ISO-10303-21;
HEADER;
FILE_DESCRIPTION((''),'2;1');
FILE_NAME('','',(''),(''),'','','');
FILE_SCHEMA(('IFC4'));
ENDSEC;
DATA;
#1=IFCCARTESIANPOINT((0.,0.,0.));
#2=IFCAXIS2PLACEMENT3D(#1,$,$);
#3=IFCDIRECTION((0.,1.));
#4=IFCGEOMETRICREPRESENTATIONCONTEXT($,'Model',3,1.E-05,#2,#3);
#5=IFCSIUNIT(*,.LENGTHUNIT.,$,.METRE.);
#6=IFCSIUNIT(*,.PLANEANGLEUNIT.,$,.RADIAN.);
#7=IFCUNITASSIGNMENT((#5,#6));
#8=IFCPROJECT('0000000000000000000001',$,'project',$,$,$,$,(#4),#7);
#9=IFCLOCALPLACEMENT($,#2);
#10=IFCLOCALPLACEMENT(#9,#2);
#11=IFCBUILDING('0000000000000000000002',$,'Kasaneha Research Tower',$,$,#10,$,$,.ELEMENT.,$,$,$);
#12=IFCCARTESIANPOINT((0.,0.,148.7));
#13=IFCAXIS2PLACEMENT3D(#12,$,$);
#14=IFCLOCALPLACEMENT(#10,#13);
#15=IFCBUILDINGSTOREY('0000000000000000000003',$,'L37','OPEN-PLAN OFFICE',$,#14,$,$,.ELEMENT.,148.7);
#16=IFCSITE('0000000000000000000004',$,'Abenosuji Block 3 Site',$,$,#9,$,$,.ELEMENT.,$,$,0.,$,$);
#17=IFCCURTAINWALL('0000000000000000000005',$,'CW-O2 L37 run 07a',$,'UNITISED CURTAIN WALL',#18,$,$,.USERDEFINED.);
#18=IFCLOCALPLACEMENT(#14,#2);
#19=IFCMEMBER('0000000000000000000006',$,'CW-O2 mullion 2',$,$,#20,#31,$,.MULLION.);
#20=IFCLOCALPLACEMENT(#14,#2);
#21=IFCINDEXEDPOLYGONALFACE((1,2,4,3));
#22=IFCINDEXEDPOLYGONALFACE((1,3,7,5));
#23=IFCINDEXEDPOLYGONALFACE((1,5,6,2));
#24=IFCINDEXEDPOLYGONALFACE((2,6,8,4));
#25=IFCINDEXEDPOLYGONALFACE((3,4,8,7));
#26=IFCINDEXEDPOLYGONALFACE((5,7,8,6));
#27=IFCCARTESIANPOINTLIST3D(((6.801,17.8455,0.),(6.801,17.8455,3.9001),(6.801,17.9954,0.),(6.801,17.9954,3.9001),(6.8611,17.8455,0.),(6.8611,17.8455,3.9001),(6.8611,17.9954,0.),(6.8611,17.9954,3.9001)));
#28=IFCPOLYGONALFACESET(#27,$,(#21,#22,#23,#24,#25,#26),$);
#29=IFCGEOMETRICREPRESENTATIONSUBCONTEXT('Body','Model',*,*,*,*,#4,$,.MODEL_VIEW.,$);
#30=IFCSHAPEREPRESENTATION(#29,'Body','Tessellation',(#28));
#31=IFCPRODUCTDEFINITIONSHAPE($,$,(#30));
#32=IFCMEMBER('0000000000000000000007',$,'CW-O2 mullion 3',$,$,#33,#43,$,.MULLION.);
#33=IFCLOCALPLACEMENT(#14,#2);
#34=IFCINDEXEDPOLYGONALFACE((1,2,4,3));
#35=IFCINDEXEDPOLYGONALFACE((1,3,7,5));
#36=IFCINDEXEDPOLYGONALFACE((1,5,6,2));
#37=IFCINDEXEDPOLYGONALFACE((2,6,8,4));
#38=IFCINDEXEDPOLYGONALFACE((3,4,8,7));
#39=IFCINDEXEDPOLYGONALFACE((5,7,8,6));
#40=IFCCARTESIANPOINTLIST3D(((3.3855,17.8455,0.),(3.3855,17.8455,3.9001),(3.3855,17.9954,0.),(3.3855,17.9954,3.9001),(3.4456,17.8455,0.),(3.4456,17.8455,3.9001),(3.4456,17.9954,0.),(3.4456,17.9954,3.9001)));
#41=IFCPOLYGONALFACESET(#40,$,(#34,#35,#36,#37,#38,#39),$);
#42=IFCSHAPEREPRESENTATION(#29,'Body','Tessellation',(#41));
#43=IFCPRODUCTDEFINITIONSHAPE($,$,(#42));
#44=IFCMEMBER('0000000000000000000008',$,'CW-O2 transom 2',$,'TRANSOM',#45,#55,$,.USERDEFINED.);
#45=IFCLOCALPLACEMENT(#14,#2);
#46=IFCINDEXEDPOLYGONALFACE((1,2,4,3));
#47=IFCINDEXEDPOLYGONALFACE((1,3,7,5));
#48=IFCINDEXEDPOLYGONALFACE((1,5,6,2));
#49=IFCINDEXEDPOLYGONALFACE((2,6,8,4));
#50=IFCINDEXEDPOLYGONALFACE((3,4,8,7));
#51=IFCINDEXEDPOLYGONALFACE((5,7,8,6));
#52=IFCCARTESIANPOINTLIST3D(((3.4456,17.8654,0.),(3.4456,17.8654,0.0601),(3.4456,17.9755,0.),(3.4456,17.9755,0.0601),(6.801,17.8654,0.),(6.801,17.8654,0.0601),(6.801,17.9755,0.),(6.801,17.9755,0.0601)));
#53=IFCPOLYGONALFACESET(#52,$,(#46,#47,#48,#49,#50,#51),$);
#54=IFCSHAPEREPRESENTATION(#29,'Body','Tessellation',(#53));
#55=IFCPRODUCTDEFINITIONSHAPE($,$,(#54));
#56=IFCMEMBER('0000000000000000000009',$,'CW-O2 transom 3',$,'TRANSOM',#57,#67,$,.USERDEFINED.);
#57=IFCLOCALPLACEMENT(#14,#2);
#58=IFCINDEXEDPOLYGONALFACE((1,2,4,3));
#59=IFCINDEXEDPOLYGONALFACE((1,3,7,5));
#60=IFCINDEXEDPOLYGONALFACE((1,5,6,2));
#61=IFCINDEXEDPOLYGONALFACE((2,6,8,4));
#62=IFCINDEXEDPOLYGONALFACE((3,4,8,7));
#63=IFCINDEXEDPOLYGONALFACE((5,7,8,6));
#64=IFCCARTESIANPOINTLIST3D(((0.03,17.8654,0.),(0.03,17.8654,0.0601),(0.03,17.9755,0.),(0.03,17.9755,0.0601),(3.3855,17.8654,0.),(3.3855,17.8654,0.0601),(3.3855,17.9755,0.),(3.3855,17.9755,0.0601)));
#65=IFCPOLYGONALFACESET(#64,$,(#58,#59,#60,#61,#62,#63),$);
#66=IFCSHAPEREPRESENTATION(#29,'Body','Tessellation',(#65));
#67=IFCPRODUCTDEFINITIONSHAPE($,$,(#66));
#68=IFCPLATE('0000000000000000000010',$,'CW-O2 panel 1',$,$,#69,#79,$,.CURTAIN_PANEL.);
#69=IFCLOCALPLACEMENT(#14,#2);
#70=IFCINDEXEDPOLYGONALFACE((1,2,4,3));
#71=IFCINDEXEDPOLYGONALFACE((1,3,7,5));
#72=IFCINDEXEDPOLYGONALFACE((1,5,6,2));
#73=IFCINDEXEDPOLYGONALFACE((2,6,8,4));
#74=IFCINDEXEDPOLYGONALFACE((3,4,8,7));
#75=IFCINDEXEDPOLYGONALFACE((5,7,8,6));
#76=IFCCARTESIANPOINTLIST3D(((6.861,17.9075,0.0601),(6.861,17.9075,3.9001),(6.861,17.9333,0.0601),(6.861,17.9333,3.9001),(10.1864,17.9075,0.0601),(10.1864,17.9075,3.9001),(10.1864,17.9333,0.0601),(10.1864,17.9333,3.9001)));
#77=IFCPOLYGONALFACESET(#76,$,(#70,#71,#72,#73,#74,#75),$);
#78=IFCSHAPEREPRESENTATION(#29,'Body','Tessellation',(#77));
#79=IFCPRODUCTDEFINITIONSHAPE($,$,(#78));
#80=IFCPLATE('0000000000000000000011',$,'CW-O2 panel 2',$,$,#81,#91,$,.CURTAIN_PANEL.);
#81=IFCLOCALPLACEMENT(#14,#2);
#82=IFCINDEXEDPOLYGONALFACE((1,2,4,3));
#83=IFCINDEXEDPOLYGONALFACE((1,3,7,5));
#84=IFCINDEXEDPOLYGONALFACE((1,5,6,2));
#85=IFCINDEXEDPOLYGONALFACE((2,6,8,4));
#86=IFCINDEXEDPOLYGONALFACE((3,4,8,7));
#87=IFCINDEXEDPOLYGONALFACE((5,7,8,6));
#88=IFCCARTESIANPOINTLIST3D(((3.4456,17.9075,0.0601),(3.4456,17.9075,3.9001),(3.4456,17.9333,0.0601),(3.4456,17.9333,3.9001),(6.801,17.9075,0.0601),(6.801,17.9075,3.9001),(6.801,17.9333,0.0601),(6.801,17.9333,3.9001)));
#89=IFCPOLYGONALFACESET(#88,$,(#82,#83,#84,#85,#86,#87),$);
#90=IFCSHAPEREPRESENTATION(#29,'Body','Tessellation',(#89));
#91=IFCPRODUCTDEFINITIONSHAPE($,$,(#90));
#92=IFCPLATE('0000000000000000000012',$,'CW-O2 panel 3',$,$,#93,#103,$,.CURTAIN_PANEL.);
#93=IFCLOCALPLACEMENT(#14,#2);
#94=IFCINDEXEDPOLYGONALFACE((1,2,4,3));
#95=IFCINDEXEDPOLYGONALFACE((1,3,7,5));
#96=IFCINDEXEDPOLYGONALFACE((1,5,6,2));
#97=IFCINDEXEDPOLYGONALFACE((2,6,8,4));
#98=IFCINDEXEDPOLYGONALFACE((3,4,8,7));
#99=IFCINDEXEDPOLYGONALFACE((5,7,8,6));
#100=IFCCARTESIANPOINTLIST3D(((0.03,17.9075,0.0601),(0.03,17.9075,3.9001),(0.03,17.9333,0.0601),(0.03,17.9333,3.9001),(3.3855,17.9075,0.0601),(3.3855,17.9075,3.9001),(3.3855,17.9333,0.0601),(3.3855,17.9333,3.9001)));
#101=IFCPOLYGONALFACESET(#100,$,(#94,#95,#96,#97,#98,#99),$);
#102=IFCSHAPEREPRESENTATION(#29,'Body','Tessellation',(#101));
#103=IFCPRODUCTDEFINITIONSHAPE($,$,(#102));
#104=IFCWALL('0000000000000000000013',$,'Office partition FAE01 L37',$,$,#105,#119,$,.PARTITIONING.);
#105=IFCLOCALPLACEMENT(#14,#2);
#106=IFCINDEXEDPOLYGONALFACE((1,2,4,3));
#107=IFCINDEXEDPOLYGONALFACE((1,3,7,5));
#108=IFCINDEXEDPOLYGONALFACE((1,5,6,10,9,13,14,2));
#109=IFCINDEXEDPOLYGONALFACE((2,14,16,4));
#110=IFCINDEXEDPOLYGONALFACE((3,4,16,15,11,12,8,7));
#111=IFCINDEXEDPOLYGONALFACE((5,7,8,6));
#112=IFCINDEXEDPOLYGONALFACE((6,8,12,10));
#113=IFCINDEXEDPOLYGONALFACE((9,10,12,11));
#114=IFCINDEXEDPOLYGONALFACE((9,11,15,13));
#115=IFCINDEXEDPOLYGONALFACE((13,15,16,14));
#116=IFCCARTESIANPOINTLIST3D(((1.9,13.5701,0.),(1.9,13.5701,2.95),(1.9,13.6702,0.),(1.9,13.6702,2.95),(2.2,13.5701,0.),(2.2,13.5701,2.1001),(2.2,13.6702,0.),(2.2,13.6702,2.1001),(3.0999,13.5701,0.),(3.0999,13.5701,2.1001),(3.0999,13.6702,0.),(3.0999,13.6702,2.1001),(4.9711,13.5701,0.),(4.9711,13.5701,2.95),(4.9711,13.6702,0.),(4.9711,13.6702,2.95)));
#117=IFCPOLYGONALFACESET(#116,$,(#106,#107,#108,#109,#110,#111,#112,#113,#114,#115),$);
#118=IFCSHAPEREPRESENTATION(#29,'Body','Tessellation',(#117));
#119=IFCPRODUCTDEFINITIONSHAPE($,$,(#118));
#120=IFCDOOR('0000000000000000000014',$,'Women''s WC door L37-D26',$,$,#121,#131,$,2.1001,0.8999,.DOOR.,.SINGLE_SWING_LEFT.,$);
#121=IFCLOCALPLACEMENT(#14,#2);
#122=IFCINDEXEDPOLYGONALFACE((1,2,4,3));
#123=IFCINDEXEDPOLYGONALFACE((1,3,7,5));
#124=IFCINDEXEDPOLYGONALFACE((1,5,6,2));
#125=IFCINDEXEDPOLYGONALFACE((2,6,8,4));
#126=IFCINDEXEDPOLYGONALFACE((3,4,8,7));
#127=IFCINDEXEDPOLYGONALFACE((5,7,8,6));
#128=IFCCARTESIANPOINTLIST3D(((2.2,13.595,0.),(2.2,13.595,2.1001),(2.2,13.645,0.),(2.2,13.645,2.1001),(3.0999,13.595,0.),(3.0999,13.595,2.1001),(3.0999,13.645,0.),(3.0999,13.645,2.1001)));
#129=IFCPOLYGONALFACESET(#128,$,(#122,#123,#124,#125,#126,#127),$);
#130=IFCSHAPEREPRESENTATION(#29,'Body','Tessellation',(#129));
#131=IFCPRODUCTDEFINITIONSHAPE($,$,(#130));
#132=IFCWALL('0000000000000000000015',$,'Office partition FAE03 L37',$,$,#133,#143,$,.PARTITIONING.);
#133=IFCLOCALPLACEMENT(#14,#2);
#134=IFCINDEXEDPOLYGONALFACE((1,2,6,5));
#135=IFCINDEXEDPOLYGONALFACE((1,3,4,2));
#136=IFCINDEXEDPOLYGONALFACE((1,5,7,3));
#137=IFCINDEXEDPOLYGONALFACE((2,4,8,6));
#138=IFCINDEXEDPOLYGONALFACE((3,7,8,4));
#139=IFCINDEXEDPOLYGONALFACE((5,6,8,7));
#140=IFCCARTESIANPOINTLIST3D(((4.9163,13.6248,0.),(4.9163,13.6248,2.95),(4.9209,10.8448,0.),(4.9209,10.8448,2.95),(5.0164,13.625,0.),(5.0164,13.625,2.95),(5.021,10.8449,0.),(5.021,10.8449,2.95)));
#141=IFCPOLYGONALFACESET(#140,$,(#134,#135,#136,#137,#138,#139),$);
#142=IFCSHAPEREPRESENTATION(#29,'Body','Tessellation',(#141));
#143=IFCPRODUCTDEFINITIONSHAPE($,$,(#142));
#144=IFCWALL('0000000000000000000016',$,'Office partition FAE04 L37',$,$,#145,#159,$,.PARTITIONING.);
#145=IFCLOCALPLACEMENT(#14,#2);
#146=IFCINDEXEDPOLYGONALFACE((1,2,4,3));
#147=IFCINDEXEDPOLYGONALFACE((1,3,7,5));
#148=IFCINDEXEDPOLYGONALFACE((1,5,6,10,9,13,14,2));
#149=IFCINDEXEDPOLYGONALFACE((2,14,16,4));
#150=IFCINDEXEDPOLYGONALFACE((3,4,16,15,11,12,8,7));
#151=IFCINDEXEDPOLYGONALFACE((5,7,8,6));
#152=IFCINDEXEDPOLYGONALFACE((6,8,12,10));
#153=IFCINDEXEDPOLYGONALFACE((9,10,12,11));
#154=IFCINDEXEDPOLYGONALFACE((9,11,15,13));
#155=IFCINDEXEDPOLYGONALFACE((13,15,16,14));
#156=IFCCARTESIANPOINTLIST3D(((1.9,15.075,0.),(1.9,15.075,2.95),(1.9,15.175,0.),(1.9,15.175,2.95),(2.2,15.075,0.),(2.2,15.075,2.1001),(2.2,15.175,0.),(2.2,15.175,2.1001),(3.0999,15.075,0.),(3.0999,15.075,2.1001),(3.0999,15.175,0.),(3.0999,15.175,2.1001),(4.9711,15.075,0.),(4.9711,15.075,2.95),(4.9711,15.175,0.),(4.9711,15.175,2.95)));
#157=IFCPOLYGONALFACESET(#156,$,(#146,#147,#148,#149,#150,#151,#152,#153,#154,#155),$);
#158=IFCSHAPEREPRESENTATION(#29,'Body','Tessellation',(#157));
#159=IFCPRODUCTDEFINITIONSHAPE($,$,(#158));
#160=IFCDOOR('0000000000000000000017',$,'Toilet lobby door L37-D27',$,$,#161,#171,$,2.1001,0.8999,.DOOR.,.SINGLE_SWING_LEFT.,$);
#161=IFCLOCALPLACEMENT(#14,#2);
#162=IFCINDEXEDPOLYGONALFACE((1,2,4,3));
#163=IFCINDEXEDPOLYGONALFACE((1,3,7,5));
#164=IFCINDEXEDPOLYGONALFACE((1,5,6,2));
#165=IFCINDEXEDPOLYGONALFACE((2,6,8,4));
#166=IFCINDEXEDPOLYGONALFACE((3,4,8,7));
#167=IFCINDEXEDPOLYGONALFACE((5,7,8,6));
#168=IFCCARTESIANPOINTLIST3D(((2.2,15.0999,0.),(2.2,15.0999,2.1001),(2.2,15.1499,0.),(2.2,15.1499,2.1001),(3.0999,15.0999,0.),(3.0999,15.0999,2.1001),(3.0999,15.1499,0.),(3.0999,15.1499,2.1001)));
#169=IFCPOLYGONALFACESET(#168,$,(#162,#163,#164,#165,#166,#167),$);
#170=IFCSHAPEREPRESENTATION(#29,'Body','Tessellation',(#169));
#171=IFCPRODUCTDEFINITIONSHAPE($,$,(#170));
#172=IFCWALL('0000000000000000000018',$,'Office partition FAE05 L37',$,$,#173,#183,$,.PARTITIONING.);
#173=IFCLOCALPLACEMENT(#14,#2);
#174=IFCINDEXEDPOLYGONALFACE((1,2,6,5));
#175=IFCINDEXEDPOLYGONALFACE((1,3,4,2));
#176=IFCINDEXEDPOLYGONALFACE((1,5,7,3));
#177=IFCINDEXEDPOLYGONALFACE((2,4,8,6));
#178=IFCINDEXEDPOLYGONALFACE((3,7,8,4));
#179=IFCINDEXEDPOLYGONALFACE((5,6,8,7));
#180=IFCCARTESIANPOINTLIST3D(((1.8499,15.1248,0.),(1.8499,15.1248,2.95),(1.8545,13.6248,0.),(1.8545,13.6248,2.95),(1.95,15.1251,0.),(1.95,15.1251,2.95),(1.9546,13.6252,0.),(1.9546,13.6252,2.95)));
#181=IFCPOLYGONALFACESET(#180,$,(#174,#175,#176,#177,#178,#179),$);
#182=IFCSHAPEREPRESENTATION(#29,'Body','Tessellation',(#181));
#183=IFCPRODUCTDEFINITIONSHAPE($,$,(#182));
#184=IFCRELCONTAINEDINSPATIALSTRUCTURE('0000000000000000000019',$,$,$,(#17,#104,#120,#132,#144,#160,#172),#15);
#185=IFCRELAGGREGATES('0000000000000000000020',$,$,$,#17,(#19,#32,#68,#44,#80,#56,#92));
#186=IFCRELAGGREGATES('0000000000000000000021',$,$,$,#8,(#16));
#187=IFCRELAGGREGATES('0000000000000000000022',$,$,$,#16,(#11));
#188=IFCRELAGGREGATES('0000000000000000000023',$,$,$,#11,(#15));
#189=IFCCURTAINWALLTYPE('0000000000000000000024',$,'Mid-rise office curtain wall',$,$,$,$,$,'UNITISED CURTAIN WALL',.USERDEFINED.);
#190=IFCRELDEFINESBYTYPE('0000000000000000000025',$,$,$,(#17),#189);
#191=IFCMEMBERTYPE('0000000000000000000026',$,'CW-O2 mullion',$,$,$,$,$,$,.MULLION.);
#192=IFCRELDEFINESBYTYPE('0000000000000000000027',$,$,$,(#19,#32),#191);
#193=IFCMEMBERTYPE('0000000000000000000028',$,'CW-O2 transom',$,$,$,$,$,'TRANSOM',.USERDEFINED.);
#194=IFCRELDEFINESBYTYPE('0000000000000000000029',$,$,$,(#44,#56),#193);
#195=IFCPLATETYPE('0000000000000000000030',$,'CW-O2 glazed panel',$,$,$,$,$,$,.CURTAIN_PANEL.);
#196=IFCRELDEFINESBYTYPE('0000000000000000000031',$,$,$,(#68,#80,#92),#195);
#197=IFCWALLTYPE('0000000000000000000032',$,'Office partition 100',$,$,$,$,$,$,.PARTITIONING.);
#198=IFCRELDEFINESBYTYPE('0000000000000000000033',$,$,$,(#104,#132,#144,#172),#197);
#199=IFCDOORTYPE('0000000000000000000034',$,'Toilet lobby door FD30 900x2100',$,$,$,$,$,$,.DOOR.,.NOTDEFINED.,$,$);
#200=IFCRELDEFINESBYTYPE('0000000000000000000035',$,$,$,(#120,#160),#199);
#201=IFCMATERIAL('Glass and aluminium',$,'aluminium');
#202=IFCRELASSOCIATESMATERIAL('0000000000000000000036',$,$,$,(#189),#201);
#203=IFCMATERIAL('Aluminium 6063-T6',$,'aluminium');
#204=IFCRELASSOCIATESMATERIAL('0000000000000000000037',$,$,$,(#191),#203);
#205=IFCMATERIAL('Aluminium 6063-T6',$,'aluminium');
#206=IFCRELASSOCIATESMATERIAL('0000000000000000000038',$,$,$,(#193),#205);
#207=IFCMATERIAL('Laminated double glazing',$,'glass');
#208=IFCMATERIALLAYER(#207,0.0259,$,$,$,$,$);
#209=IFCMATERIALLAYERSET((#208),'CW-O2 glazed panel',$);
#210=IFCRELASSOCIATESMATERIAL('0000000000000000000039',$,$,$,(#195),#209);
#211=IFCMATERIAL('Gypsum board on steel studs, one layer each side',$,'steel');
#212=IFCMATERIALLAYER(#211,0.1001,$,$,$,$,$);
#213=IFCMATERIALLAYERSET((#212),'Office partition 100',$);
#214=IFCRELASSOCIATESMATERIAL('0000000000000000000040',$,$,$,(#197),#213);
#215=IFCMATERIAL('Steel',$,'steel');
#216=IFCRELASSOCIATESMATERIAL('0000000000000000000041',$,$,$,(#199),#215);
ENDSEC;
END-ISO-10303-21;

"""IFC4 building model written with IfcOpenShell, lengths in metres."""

from ifc_helpers import new_model, si_unit, direction, frame, frame_2d, origin, origin_2d, place, context, subcontext, project, spatial, rectangle, extrude, material, layer, layer_set, material_profile, profile_set, type_object, element, fill, aggregate, save


model = new_model("IFC4")

# Units and contexts
model_context = context("Model", 3, precision=1e-05, world=origin(), true_north=direction((0.0, 1.0)))
body_context = subcontext(model_context, "Body", "Model", "MODEL_VIEW")
ifc_project = project(units=[si_unit("LENGTHUNIT", "METRE"), si_unit("PLANEANGLEUNIT", "RADIAN")], contexts=[model_context])

# Site, building, storey
site_placement = place(None, origin())
site = spatial("IfcSite", under=ifc_project, at=site_placement, Name="Abenosuji Block 3 Site", CompositionType="ELEMENT", RefElevation=0.0)
building_placement = place(site_placement, origin())
building = spatial("IfcBuilding", under=site, at=building_placement, Name="Kasaneha Research Tower", CompositionType="ELEMENT")
storey_placement = place(building_placement, frame((0.0, 0.0, 148.7)))
storey = spatial("IfcBuildingStorey", under=building, at=storey_placement, Name="L37", Description="OPEN-PLAN OFFICE", CompositionType="ELEMENT", Elevation=148.7)

# Curtain wall, members, plates
ifc_material_1 = material(Name="Glass and aluminium", Category="aluminium")
curtain_wall_type = type_object("IfcCurtainWallType", Name="Mid-rise office curtain wall", ElementType="UNITISED CURTAIN WALL", PredefinedType="USERDEFINED", material=ifc_material_1)
curtain_wall_placement = place(storey_placement, origin())
curtain_wall = element("IfcCurtainWall", 1, at=curtain_wall_placement, inside=storey, type_object=curtain_wall_type, Name="CW-O2 L37 run 07a", ObjectType="UNITISED CURTAIN WALL", PredefinedType="USERDEFINED")
ifc_material_2 = material(Name="Aluminium 6063-T6", Category="aluminium")
ifc_material_profile_1 = material_profile(ifc_material_2, rectangle(XDim=0.0601, YDim=0.1499, at=origin_2d()), Name="CW-O2 mullion 60x150")
ifc_profile_set_1 = profile_set([ifc_material_profile_1], Name="Aluminium 6063-T6")
member_type_1 = type_object("IfcMemberType", Name="CW-O2 mullion", PredefinedType="MULLION", material=ifc_profile_set_1)
member_1_placement = place(storey_placement, frame((6.8311, 17.9204, 0.0), z_axis=(0.0, 0.0, 1.0), x_axis=(-1.0, 0.0, 0.0)))
member_1 = element("IfcMember", 2, at=member_1_placement, type_object=member_type_1, Name="CW-O2 mullion 2", PredefinedType="MULLION", context=body_context, shape_type="SweptSolid", body=[
    extrude(rectangle(XDim=0.0601, YDim=0.1499, at=origin_2d()), origin(), (0.0, 0.0, 1.0), 3.9001),
])
member_2_placement = place(storey_placement, frame((3.4155, 17.9204, 0.0), z_axis=(0.0, 0.0, 1.0), x_axis=(-1.0, 0.0, 0.0)))
member_2 = element("IfcMember", 3, at=member_2_placement, type_object=member_type_1, Name="CW-O2 mullion 3", PredefinedType="MULLION", context=body_context, shape_type="SweptSolid", body=[
    extrude(rectangle(XDim=0.0601, YDim=0.1499, at=origin_2d()), origin(), (0.0, 0.0, 1.0), 3.9001),
])
ifc_material_3 = material(Name="Aluminium 6063-T6", Category="aluminium")
ifc_material_profile_2 = material_profile(ifc_material_3, rectangle(XDim=0.1101, YDim=0.0601, at=origin_2d()), Name="CW-O2 transom 110x60")
ifc_profile_set_2 = profile_set([ifc_material_profile_2], Name="Aluminium 6063-T6")
member_type_2 = type_object("IfcMemberType", Name="CW-O2 transom", ElementType="TRANSOM", PredefinedType="USERDEFINED", material=ifc_profile_set_2)
member_3_placement = place(storey_placement, frame((6.801, 17.9204, 0.03), z_axis=(-1.0, 0.0, 0.0), x_axis=(0.0, -1.0, 0.0)))
member_3 = element("IfcMember", 4, at=member_3_placement, type_object=member_type_2, Name="CW-O2 transom 2", ObjectType="TRANSOM", PredefinedType="USERDEFINED", context=body_context, shape_type="SweptSolid", body=[
    extrude(rectangle(XDim=0.1101, YDim=0.0601, at=origin_2d()), origin(), (0.0, 0.0, 1.0), 3.3555),
])
member_4_placement = place(storey_placement, frame((3.3855, 17.9204, 0.03), z_axis=(-1.0, 0.0, 0.0), x_axis=(0.0, -1.0, 0.0)))
member_4 = element("IfcMember", 5, at=member_4_placement, type_object=member_type_2, Name="CW-O2 transom 3", ObjectType="TRANSOM", PredefinedType="USERDEFINED", context=body_context, shape_type="SweptSolid", body=[
    extrude(rectangle(XDim=0.1101, YDim=0.0601, at=origin_2d()), origin(), (0.0, 0.0, 1.0), 3.3555),
])
ifc_material_4 = material(Name="Laminated double glazing", Category="glass")
ifc_layer_1 = layer(ifc_material_4, 0.0259)
ifc_layer_set_1 = layer_set([ifc_layer_1], Name="CW-O2 glazed panel")
plate_type = type_object("IfcPlateType", Name="CW-O2 glazed panel", PredefinedType="CURTAIN_PANEL", material=ifc_layer_set_1)
plate_1_placement = place(storey_placement, frame((8.5237, 17.9204, 0.0601), z_axis=(0.0, 0.0, 1.0), x_axis=(-1.0, 0.0, 0.0)))
plate_1 = element("IfcPlate", 6, at=plate_1_placement, type_object=plate_type, Name="CW-O2 panel 1", PredefinedType="CURTAIN_PANEL", context=body_context, shape_type="SweptSolid", body=[
    extrude(rectangle(XDim=3.3254, YDim=0.0259, at=origin_2d()), origin(), (0.0, 0.0, 1.0), 3.8401),
])
plate_2_placement = place(storey_placement, frame((5.1233, 17.9204, 0.0601), z_axis=(0.0, 0.0, 1.0), x_axis=(-1.0, 0.0, 0.0)))
plate_2 = element("IfcPlate", 7, at=plate_2_placement, type_object=plate_type, Name="CW-O2 panel 2", PredefinedType="CURTAIN_PANEL", context=body_context, shape_type="SweptSolid", body=[
    extrude(rectangle(XDim=3.3555, YDim=0.0259, at=origin_2d()), origin(), (0.0, 0.0, 1.0), 3.8401),
])
plate_3_placement = place(storey_placement, frame((1.7078, 17.9204, 0.0601), z_axis=(0.0, 0.0, 1.0), x_axis=(-1.0, 0.0, 0.0)))
plate_3 = element("IfcPlate", 8, at=plate_3_placement, type_object=plate_type, Name="CW-O2 panel 3", PredefinedType="CURTAIN_PANEL", context=body_context, shape_type="SweptSolid", body=[
    extrude(rectangle(XDim=3.3555, YDim=0.0259, at=origin_2d()), origin(), (0.0, 0.0, 1.0), 3.8401),
])
aggregate(curtain_wall, [member_1, member_2, plate_1, member_3, plate_2, member_4, plate_3])

# Wall, opening, door
ifc_material_5 = material(Name="Gypsum board on steel studs, one layer each side", Category="steel")
ifc_layer_2 = layer(ifc_material_5, 0.1001)
ifc_layer_set_2 = layer_set([ifc_layer_2], Name="Office partition 100")
wall_type_1 = type_object("IfcWallType", Name="Office partition 100", PredefinedType="PARTITIONING", material=ifc_layer_set_2)
wall_1_placement = place(storey_placement, frame((1.8999, 13.6201, 0.0), z_axis=(0.0, 0.0, 1.0), x_axis=(1.0, 0.0, 0.0)))
wall_1 = element("IfcWall", 9, at=wall_1_placement, inside=storey, type_object=wall_type_1, Name="Office partition FAE01 L37", PredefinedType="PARTITIONING", context=body_context, shape_type="SweptSolid", body=[
    extrude(rectangle(XDim=3.071, YDim=0.1001, at=frame_2d((1.5356, 0.0))), origin(), (0.0, 0.0, 1.0), 2.95),
])
opening_1_placement = place(wall_1_placement, frame((0.3, 0.0, 0.0)))
opening_1 = element("IfcOpeningElement", 10, at=opening_1_placement, cuts=wall_1, PredefinedType="OPENING", context=body_context, shape_type="SweptSolid", body=[
    extrude(rectangle(XDim=0.8999, YDim=2.1001, at=frame_2d((0.45, 1.05))), frame((0.0, 0.0601, 0.0), z_axis=(0.0, -1.0, 0.0), x_axis=(1.0, 0.0, 0.0)), (0.0, 0.0, 1.0), 0.1201),
])
ifc_material_6 = material(Name="Steel", Category="steel")
door_type = type_object("IfcDoorType", Name="Toilet lobby door FD30 900x2100", OperationType="NOTDEFINED", PredefinedType="DOOR", material=ifc_material_6)
door_1_placement = place(opening_1_placement, origin())
door_1 = element("IfcDoor", 11, at=door_1_placement, inside=storey, type_object=door_type, Name="Women's WC door L37-D26", OperationType="SINGLE_SWING_LEFT", OverallHeight=2.1001, OverallWidth=0.8999, PredefinedType="DOOR", context=body_context, shape_type="SweptSolid", body=[
    extrude(rectangle(XDim=0.8999, YDim=2.1001, at=frame_2d((0.45, 1.05))), frame((0.0, 0.0249, 0.0), z_axis=(0.0, -1.0, 0.0), x_axis=(1.0, 0.0, 0.0)), (0.0, 0.0, 1.0), 0.05),
])
fill(opening_1, door_1)

# Wall
wall_2_placement = place(storey_placement, frame((4.9663, 13.625, 0.0), z_axis=(0.0, 0.0, 1.0), x_axis=(0.001669, -0.999999, 0.0)))
element("IfcWall", 12, at=wall_2_placement, inside=storey, type_object=wall_type_1, Name="Office partition FAE03 L37", PredefinedType="PARTITIONING", context=body_context, shape_type="SweptSolid", body=[
    extrude(rectangle(XDim=2.78, YDim=0.1001, at=frame_2d((1.3901, 0.0))), origin(), (0.0, 0.0, 1.0), 2.95),
])

# Wall, opening, door
wall_3_placement = place(storey_placement, frame((1.8999, 15.125, 0.0), z_axis=(0.0, 0.0, 1.0), x_axis=(1.0, 0.0, 0.0)))
wall_3 = element("IfcWall", 13, at=wall_3_placement, inside=storey, type_object=wall_type_1, Name="Office partition FAE04 L37", PredefinedType="PARTITIONING", context=body_context, shape_type="SweptSolid", body=[
    extrude(rectangle(XDim=3.071, YDim=0.1001, at=frame_2d((1.5356, 0.0))), origin(), (0.0, 0.0, 1.0), 2.95),
])
opening_2_placement = place(wall_3_placement, frame((0.3, 0.0, 0.0)))
opening_2 = element("IfcOpeningElement", 14, at=opening_2_placement, cuts=wall_3, PredefinedType="OPENING", context=body_context, shape_type="SweptSolid", body=[
    extrude(rectangle(XDim=0.8999, YDim=2.1001, at=frame_2d((0.45, 1.05))), frame((0.0, 0.0601, 0.0), z_axis=(0.0, -1.0, 0.0), x_axis=(1.0, 0.0, 0.0)), (0.0, 0.0, 1.0), 0.1201),
])
door_2_placement = place(opening_2_placement, origin())
door_2 = element("IfcDoor", 15, at=door_2_placement, inside=storey, type_object=door_type, Name="Toilet lobby door L37-D27", OperationType="SINGLE_SWING_LEFT", OverallHeight=2.1001, OverallWidth=0.8999, PredefinedType="DOOR", context=body_context, shape_type="SweptSolid", body=[
    extrude(rectangle(XDim=0.8999, YDim=2.1001, at=frame_2d((0.45, 1.05))), frame((0.0, 0.0249, 0.0), z_axis=(0.0, -1.0, 0.0), x_axis=(1.0, 0.0, 0.0)), (0.0, 0.0, 1.0), 0.05),
])
fill(opening_2, door_2)

# Wall
for number, where, z_axis, x_axis, name in (
    (16, (1.9045, 13.625, 0.0), (0.0, 0.0, 1.0), (-0.003092, 0.999995, 0.0), "Office partition FAE05 L37"),
):
    element("IfcWall", number, at=place(storey_placement, frame(where, z_axis=z_axis, x_axis=x_axis)), inside=storey, type_object=wall_type_1, Name=name, PredefinedType="PARTITIONING", context=body_context, shape_type="SweptSolid", body=[
        extrude(rectangle(XDim=1.5, YDim=0.1001, at=frame_2d((0.75, 0.0))), origin(), (0.0, 0.0, 1.0), 2.95),
    ])

save(model, "model.ifc")
